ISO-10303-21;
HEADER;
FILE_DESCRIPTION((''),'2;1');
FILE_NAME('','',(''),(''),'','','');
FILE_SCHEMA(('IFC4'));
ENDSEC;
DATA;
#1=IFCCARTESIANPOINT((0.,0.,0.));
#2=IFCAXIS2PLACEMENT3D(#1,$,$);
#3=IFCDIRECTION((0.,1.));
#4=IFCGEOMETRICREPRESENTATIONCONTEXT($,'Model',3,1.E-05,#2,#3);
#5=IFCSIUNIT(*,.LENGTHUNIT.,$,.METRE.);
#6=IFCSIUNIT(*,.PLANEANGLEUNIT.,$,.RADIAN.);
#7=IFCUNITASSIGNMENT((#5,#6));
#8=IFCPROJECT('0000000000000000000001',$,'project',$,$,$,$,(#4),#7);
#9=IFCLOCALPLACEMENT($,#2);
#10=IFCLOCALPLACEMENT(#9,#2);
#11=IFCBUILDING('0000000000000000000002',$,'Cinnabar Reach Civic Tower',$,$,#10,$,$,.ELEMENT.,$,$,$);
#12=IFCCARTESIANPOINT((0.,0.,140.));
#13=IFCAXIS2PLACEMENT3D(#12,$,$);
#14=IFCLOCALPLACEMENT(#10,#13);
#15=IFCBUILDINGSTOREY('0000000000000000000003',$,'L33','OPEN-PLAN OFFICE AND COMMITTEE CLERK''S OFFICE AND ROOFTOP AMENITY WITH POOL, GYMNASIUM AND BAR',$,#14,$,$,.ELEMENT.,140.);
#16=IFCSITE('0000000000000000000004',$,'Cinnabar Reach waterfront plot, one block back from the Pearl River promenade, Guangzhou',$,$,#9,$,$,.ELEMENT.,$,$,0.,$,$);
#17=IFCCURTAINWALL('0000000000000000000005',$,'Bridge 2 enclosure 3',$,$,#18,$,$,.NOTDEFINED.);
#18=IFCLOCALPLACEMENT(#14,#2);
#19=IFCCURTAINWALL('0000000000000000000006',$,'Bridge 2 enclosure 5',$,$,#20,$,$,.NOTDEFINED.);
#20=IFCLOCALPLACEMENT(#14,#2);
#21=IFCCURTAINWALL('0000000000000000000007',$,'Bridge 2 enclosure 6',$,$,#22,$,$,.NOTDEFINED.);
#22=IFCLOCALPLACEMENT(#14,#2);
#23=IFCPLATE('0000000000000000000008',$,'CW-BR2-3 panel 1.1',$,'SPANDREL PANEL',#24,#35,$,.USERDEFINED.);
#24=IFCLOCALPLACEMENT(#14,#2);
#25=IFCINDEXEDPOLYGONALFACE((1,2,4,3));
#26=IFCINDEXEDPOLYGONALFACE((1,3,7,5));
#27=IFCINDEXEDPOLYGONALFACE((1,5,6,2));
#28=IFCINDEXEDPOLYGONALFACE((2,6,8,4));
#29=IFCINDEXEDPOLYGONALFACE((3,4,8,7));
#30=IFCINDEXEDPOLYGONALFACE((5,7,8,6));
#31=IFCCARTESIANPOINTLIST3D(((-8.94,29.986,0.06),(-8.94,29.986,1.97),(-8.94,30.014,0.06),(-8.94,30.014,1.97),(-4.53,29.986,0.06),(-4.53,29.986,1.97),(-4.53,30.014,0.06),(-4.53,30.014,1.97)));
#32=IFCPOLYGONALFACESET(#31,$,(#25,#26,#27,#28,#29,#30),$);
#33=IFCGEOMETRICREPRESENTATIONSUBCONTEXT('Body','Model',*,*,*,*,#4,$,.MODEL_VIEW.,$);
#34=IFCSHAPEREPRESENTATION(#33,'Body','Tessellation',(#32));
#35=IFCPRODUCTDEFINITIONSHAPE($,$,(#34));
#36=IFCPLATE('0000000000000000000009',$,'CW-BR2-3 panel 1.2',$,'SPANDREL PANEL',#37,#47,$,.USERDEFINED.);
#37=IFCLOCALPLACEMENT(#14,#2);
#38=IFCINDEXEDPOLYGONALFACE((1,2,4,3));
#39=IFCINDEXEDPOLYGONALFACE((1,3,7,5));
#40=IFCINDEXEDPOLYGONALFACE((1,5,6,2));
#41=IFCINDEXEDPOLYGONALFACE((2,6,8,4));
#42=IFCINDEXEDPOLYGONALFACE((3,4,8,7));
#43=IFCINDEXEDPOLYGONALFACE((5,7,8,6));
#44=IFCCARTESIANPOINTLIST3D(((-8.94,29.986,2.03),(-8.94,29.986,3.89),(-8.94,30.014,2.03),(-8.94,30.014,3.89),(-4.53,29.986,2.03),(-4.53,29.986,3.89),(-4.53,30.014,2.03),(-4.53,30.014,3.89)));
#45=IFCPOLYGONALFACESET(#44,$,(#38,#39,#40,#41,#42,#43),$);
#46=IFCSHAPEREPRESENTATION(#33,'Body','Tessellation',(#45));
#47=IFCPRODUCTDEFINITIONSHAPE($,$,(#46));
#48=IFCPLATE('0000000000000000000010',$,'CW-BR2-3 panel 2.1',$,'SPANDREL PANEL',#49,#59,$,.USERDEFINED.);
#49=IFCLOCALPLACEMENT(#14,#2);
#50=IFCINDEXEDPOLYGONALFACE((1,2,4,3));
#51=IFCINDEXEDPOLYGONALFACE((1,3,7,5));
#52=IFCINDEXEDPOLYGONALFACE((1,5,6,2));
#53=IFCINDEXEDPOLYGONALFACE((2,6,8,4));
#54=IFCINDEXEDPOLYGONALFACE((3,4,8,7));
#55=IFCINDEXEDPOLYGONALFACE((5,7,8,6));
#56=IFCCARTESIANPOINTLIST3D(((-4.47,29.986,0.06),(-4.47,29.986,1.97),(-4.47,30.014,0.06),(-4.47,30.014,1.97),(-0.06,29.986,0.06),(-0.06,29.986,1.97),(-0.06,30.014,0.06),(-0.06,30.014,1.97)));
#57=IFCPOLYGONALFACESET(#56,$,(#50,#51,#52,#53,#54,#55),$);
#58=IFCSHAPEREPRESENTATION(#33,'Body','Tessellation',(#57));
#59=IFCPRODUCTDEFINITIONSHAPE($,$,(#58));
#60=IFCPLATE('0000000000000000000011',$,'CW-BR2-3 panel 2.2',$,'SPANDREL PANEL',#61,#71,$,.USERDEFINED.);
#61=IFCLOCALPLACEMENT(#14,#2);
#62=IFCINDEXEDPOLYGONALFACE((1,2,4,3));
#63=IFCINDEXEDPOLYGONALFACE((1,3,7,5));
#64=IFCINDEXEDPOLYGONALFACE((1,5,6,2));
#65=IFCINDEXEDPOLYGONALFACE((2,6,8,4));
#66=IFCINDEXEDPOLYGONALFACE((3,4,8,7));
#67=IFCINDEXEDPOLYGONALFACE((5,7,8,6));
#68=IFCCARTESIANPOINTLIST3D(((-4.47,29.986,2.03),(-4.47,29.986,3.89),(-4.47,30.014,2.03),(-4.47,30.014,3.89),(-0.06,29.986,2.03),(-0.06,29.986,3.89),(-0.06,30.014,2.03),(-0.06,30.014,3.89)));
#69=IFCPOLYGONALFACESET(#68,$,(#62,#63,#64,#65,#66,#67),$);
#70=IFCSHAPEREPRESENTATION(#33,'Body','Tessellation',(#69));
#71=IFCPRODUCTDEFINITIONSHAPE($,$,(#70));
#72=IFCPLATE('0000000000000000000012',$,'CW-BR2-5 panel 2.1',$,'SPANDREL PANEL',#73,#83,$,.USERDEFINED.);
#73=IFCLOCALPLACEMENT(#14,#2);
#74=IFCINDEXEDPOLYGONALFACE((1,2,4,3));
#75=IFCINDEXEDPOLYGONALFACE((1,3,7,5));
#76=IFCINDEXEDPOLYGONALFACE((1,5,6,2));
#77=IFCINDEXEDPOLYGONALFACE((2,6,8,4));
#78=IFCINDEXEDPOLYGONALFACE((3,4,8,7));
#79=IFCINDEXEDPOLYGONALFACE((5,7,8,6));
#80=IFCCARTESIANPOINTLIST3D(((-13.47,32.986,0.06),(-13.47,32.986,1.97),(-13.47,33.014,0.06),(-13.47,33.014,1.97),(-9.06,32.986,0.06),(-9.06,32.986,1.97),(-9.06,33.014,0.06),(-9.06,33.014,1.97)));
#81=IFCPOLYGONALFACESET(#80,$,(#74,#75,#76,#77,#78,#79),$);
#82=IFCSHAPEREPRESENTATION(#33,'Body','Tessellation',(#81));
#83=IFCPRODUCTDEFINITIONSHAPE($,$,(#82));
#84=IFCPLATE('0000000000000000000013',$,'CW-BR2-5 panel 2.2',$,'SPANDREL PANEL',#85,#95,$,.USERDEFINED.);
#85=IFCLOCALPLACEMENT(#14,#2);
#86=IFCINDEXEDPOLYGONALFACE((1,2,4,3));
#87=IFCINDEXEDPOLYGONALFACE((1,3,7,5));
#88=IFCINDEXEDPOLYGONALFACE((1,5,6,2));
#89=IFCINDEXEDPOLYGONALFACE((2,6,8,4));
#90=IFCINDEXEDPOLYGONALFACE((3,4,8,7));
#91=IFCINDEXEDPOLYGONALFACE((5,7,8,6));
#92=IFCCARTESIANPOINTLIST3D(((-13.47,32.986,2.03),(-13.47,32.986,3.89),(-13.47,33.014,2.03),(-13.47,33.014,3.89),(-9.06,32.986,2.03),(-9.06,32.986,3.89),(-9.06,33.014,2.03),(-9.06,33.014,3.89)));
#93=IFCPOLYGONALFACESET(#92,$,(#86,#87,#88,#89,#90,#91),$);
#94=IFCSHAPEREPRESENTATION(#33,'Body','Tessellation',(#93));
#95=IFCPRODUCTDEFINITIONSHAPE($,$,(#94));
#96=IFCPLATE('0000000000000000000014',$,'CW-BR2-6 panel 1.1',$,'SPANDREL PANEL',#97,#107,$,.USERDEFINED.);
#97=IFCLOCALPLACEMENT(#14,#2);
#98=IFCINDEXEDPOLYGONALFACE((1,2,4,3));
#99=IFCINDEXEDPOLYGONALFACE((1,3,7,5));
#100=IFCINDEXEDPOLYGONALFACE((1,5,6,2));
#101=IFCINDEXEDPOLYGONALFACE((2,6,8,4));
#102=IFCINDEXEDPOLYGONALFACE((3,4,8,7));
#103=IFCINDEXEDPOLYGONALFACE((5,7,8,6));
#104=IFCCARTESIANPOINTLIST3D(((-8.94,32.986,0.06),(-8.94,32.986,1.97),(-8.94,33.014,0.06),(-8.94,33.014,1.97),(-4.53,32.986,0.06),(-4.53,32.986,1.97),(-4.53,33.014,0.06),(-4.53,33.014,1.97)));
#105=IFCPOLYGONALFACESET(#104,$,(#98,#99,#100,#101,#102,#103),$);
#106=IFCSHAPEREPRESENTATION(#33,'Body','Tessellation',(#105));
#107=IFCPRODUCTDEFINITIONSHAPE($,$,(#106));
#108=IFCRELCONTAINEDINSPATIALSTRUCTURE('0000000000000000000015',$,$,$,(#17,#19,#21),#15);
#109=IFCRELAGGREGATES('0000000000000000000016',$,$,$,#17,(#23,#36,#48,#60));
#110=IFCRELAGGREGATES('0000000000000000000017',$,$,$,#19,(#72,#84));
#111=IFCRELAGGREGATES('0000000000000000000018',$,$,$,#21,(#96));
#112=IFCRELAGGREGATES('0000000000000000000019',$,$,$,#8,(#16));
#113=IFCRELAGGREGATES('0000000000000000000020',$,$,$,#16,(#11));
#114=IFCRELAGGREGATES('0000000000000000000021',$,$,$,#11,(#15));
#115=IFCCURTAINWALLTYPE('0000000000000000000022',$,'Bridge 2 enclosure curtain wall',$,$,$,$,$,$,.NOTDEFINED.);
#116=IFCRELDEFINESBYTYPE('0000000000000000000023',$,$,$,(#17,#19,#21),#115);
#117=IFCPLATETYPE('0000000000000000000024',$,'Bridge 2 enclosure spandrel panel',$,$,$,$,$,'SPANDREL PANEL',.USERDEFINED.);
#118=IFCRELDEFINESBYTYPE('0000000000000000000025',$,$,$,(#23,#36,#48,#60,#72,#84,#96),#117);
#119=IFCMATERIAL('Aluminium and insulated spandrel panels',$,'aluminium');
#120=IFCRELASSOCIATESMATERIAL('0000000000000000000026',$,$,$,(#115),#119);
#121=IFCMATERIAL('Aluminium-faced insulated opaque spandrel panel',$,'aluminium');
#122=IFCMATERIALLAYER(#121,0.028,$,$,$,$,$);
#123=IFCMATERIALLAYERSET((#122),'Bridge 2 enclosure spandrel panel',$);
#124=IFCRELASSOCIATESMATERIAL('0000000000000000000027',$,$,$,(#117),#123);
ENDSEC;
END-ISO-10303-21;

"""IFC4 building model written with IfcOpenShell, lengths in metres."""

from ifc_helpers import new_model, si_unit, direction, frame, origin, origin_2d, place, context, subcontext, project, spatial, rectangle, extrude, material, layer, layer_set, type_object, element, aggregate, save


model = new_model("IFC4")

# Units and contexts
model_context = context("Model", 3, precision=1e-05, world=origin(), true_north=direction((0.0, 1.0)))
body_context = subcontext(model_context, "Body", "Model", "MODEL_VIEW")
ifc_project = project(units=[si_unit("LENGTHUNIT", "METRE"), si_unit("PLANEANGLEUNIT", "RADIAN")], contexts=[model_context])

# Site, building, storey
site_placement = place(None, origin())
site = spatial("IfcSite", under=ifc_project, at=site_placement, Name="Cinnabar Reach waterfront plot, one block back from the Pearl River promenade, Guangzhou", CompositionType="ELEMENT", RefElevation=0.0)
building_placement = place(site_placement, origin())
building = spatial("IfcBuilding", under=site, at=building_placement, Name="Cinnabar Reach Civic Tower", CompositionType="ELEMENT")
storey_placement = place(building_placement, frame((0.0, 0.0, 140.0)))
storey = spatial("IfcBuildingStorey", under=building, at=storey_placement, Name="L33", Description="OPEN-PLAN OFFICE AND COMMITTEE CLERK'S OFFICE AND ROOFTOP AMENITY WITH POOL, GYMNASIUM AND BAR", CompositionType="ELEMENT", Elevation=140.0)

# Curtain wall
ifc_material_1 = material(Name="Aluminium and insulated spandrel panels", Category="aluminium")
curtain_wall_type = type_object("IfcCurtainWallType", Name="Bridge 2 enclosure curtain wall", PredefinedType="NOTDEFINED", material=ifc_material_1)
curtain_wall_1_placement = place(storey_placement, origin())
curtain_wall_1 = element("IfcCurtainWall", 1, at=curtain_wall_1_placement, inside=storey, type_object=curtain_wall_type, Name="Bridge 2 enclosure 3", PredefinedType="NOTDEFINED")

# Curtain walls
curtain_wall_2_placement = place(storey_placement, origin())
curtain_wall_2 = element("IfcCurtainWall", 2, at=curtain_wall_2_placement, inside=storey, type_object=curtain_wall_type, Name="Bridge 2 enclosure 5", PredefinedType="NOTDEFINED")
curtain_wall_3_placement = place(storey_placement, origin())
curtain_wall_3 = element("IfcCurtainWall", 3, at=curtain_wall_3_placement, inside=storey, type_object=curtain_wall_type, Name="Bridge 2 enclosure 6", PredefinedType="NOTDEFINED")

# Plates
ifc_material_2 = material(Name="Aluminium-faced insulated opaque spandrel panel", Category="aluminium")
ifc_layer = layer(ifc_material_2, 0.028)
ifc_layer_set = layer_set([ifc_layer], Name="Bridge 2 enclosure spandrel panel")
plate_type = type_object("IfcPlateType", Name="Bridge 2 enclosure spandrel panel", ElementType="SPANDREL PANEL", PredefinedType="USERDEFINED", material=ifc_layer_set)
plate_1_placement = place(storey_placement, frame((-6.735, 30.0, 0.06), z_axis=(0.0, 0.0, 1.0), x_axis=(1.0, 0.0, 0.0)))
plate_1 = element("IfcPlate", 4, at=plate_1_placement, type_object=plate_type, Name="CW-BR2-3 panel 1.1", ObjectType="SPANDREL PANEL", PredefinedType="USERDEFINED", context=body_context, shape_type="SweptSolid", body=[
    extrude(rectangle(XDim=4.41, YDim=0.028, at=origin_2d()), origin(), (0.0, 0.0, 1.0), 1.91),
])
plate_2_placement = place(storey_placement, frame((-6.735, 30.0, 2.03), z_axis=(0.0, 0.0, 1.0), x_axis=(1.0, 0.0, 0.0)))
plate_2 = element("IfcPlate", 5, at=plate_2_placement, type_object=plate_type, Name="CW-BR2-3 panel 1.2", ObjectType="SPANDREL PANEL", PredefinedType="USERDEFINED", context=body_context, shape_type="SweptSolid", body=[
    extrude(rectangle(XDim=4.41, YDim=0.028, at=origin_2d()), origin(), (0.0, 0.0, 1.0), 1.86),
])
plate_3_placement = place(storey_placement, frame((-2.265, 30.0, 0.06), z_axis=(0.0, 0.0, 1.0), x_axis=(1.0, 0.0, 0.0)))
plate_3 = element("IfcPlate", 6, at=plate_3_placement, type_object=plate_type, Name="CW-BR2-3 panel 2.1", ObjectType="SPANDREL PANEL", PredefinedType="USERDEFINED", context=body_context, shape_type="SweptSolid", body=[
    extrude(rectangle(XDim=4.41, YDim=0.028, at=origin_2d()), origin(), (0.0, 0.0, 1.0), 1.91),
])
plate_4_placement = place(storey_placement, frame((-2.265, 30.0, 2.03), z_axis=(0.0, 0.0, 1.0), x_axis=(1.0, 0.0, 0.0)))
plate_4 = element("IfcPlate", 7, at=plate_4_placement, type_object=plate_type, Name="CW-BR2-3 panel 2.2", ObjectType="SPANDREL PANEL", PredefinedType="USERDEFINED", context=body_context, shape_type="SweptSolid", body=[
    extrude(rectangle(XDim=4.41, YDim=0.028, at=origin_2d()), origin(), (0.0, 0.0, 1.0), 1.86),
])
aggregate(curtain_wall_1, [plate_1, plate_2, plate_3, plate_4])
plate_5_placement = place(storey_placement, frame((-11.265, 33.0, 0.06), z_axis=(0.0, 0.0, 1.0), x_axis=(1.0, 0.0, 0.0)))
plate_5 = element("IfcPlate", 8, at=plate_5_placement, type_object=plate_type, Name="CW-BR2-5 panel 2.1", ObjectType="SPANDREL PANEL", PredefinedType="USERDEFINED", context=body_context, shape_type="SweptSolid", body=[
    extrude(rectangle(XDim=4.41, YDim=0.028, at=origin_2d()), origin(), (0.0, 0.0, 1.0), 1.91),
])
plate_6_placement = place(storey_placement, frame((-11.265, 33.0, 2.03), z_axis=(0.0, 0.0, 1.0), x_axis=(1.0, 0.0, 0.0)))
plate_6 = element("IfcPlate", 9, at=plate_6_placement, type_object=plate_type, Name="CW-BR2-5 panel 2.2", ObjectType="SPANDREL PANEL", PredefinedType="USERDEFINED", context=body_context, shape_type="SweptSolid", body=[
    extrude(rectangle(XDim=4.41, YDim=0.028, at=origin_2d()), origin(), (0.0, 0.0, 1.0), 1.86),
])
aggregate(curtain_wall_2, [plate_5, plate_6])
plate_7_placement = place(storey_placement, frame((-6.735, 33.0, 0.06), z_axis=(0.0, 0.0, 1.0), x_axis=(1.0, 0.0, 0.0)))
plate_7 = element("IfcPlate", 10, at=plate_7_placement, type_object=plate_type, Name="CW-BR2-6 panel 1.1", ObjectType="SPANDREL PANEL", PredefinedType="USERDEFINED", context=body_context, shape_type="SweptSolid", body=[
    extrude(rectangle(XDim=4.41, YDim=0.028, at=origin_2d()), origin(), (0.0, 0.0, 1.0), 1.91),
])
aggregate(curtain_wall_3, [plate_7])

save(model, "model.ifc")
